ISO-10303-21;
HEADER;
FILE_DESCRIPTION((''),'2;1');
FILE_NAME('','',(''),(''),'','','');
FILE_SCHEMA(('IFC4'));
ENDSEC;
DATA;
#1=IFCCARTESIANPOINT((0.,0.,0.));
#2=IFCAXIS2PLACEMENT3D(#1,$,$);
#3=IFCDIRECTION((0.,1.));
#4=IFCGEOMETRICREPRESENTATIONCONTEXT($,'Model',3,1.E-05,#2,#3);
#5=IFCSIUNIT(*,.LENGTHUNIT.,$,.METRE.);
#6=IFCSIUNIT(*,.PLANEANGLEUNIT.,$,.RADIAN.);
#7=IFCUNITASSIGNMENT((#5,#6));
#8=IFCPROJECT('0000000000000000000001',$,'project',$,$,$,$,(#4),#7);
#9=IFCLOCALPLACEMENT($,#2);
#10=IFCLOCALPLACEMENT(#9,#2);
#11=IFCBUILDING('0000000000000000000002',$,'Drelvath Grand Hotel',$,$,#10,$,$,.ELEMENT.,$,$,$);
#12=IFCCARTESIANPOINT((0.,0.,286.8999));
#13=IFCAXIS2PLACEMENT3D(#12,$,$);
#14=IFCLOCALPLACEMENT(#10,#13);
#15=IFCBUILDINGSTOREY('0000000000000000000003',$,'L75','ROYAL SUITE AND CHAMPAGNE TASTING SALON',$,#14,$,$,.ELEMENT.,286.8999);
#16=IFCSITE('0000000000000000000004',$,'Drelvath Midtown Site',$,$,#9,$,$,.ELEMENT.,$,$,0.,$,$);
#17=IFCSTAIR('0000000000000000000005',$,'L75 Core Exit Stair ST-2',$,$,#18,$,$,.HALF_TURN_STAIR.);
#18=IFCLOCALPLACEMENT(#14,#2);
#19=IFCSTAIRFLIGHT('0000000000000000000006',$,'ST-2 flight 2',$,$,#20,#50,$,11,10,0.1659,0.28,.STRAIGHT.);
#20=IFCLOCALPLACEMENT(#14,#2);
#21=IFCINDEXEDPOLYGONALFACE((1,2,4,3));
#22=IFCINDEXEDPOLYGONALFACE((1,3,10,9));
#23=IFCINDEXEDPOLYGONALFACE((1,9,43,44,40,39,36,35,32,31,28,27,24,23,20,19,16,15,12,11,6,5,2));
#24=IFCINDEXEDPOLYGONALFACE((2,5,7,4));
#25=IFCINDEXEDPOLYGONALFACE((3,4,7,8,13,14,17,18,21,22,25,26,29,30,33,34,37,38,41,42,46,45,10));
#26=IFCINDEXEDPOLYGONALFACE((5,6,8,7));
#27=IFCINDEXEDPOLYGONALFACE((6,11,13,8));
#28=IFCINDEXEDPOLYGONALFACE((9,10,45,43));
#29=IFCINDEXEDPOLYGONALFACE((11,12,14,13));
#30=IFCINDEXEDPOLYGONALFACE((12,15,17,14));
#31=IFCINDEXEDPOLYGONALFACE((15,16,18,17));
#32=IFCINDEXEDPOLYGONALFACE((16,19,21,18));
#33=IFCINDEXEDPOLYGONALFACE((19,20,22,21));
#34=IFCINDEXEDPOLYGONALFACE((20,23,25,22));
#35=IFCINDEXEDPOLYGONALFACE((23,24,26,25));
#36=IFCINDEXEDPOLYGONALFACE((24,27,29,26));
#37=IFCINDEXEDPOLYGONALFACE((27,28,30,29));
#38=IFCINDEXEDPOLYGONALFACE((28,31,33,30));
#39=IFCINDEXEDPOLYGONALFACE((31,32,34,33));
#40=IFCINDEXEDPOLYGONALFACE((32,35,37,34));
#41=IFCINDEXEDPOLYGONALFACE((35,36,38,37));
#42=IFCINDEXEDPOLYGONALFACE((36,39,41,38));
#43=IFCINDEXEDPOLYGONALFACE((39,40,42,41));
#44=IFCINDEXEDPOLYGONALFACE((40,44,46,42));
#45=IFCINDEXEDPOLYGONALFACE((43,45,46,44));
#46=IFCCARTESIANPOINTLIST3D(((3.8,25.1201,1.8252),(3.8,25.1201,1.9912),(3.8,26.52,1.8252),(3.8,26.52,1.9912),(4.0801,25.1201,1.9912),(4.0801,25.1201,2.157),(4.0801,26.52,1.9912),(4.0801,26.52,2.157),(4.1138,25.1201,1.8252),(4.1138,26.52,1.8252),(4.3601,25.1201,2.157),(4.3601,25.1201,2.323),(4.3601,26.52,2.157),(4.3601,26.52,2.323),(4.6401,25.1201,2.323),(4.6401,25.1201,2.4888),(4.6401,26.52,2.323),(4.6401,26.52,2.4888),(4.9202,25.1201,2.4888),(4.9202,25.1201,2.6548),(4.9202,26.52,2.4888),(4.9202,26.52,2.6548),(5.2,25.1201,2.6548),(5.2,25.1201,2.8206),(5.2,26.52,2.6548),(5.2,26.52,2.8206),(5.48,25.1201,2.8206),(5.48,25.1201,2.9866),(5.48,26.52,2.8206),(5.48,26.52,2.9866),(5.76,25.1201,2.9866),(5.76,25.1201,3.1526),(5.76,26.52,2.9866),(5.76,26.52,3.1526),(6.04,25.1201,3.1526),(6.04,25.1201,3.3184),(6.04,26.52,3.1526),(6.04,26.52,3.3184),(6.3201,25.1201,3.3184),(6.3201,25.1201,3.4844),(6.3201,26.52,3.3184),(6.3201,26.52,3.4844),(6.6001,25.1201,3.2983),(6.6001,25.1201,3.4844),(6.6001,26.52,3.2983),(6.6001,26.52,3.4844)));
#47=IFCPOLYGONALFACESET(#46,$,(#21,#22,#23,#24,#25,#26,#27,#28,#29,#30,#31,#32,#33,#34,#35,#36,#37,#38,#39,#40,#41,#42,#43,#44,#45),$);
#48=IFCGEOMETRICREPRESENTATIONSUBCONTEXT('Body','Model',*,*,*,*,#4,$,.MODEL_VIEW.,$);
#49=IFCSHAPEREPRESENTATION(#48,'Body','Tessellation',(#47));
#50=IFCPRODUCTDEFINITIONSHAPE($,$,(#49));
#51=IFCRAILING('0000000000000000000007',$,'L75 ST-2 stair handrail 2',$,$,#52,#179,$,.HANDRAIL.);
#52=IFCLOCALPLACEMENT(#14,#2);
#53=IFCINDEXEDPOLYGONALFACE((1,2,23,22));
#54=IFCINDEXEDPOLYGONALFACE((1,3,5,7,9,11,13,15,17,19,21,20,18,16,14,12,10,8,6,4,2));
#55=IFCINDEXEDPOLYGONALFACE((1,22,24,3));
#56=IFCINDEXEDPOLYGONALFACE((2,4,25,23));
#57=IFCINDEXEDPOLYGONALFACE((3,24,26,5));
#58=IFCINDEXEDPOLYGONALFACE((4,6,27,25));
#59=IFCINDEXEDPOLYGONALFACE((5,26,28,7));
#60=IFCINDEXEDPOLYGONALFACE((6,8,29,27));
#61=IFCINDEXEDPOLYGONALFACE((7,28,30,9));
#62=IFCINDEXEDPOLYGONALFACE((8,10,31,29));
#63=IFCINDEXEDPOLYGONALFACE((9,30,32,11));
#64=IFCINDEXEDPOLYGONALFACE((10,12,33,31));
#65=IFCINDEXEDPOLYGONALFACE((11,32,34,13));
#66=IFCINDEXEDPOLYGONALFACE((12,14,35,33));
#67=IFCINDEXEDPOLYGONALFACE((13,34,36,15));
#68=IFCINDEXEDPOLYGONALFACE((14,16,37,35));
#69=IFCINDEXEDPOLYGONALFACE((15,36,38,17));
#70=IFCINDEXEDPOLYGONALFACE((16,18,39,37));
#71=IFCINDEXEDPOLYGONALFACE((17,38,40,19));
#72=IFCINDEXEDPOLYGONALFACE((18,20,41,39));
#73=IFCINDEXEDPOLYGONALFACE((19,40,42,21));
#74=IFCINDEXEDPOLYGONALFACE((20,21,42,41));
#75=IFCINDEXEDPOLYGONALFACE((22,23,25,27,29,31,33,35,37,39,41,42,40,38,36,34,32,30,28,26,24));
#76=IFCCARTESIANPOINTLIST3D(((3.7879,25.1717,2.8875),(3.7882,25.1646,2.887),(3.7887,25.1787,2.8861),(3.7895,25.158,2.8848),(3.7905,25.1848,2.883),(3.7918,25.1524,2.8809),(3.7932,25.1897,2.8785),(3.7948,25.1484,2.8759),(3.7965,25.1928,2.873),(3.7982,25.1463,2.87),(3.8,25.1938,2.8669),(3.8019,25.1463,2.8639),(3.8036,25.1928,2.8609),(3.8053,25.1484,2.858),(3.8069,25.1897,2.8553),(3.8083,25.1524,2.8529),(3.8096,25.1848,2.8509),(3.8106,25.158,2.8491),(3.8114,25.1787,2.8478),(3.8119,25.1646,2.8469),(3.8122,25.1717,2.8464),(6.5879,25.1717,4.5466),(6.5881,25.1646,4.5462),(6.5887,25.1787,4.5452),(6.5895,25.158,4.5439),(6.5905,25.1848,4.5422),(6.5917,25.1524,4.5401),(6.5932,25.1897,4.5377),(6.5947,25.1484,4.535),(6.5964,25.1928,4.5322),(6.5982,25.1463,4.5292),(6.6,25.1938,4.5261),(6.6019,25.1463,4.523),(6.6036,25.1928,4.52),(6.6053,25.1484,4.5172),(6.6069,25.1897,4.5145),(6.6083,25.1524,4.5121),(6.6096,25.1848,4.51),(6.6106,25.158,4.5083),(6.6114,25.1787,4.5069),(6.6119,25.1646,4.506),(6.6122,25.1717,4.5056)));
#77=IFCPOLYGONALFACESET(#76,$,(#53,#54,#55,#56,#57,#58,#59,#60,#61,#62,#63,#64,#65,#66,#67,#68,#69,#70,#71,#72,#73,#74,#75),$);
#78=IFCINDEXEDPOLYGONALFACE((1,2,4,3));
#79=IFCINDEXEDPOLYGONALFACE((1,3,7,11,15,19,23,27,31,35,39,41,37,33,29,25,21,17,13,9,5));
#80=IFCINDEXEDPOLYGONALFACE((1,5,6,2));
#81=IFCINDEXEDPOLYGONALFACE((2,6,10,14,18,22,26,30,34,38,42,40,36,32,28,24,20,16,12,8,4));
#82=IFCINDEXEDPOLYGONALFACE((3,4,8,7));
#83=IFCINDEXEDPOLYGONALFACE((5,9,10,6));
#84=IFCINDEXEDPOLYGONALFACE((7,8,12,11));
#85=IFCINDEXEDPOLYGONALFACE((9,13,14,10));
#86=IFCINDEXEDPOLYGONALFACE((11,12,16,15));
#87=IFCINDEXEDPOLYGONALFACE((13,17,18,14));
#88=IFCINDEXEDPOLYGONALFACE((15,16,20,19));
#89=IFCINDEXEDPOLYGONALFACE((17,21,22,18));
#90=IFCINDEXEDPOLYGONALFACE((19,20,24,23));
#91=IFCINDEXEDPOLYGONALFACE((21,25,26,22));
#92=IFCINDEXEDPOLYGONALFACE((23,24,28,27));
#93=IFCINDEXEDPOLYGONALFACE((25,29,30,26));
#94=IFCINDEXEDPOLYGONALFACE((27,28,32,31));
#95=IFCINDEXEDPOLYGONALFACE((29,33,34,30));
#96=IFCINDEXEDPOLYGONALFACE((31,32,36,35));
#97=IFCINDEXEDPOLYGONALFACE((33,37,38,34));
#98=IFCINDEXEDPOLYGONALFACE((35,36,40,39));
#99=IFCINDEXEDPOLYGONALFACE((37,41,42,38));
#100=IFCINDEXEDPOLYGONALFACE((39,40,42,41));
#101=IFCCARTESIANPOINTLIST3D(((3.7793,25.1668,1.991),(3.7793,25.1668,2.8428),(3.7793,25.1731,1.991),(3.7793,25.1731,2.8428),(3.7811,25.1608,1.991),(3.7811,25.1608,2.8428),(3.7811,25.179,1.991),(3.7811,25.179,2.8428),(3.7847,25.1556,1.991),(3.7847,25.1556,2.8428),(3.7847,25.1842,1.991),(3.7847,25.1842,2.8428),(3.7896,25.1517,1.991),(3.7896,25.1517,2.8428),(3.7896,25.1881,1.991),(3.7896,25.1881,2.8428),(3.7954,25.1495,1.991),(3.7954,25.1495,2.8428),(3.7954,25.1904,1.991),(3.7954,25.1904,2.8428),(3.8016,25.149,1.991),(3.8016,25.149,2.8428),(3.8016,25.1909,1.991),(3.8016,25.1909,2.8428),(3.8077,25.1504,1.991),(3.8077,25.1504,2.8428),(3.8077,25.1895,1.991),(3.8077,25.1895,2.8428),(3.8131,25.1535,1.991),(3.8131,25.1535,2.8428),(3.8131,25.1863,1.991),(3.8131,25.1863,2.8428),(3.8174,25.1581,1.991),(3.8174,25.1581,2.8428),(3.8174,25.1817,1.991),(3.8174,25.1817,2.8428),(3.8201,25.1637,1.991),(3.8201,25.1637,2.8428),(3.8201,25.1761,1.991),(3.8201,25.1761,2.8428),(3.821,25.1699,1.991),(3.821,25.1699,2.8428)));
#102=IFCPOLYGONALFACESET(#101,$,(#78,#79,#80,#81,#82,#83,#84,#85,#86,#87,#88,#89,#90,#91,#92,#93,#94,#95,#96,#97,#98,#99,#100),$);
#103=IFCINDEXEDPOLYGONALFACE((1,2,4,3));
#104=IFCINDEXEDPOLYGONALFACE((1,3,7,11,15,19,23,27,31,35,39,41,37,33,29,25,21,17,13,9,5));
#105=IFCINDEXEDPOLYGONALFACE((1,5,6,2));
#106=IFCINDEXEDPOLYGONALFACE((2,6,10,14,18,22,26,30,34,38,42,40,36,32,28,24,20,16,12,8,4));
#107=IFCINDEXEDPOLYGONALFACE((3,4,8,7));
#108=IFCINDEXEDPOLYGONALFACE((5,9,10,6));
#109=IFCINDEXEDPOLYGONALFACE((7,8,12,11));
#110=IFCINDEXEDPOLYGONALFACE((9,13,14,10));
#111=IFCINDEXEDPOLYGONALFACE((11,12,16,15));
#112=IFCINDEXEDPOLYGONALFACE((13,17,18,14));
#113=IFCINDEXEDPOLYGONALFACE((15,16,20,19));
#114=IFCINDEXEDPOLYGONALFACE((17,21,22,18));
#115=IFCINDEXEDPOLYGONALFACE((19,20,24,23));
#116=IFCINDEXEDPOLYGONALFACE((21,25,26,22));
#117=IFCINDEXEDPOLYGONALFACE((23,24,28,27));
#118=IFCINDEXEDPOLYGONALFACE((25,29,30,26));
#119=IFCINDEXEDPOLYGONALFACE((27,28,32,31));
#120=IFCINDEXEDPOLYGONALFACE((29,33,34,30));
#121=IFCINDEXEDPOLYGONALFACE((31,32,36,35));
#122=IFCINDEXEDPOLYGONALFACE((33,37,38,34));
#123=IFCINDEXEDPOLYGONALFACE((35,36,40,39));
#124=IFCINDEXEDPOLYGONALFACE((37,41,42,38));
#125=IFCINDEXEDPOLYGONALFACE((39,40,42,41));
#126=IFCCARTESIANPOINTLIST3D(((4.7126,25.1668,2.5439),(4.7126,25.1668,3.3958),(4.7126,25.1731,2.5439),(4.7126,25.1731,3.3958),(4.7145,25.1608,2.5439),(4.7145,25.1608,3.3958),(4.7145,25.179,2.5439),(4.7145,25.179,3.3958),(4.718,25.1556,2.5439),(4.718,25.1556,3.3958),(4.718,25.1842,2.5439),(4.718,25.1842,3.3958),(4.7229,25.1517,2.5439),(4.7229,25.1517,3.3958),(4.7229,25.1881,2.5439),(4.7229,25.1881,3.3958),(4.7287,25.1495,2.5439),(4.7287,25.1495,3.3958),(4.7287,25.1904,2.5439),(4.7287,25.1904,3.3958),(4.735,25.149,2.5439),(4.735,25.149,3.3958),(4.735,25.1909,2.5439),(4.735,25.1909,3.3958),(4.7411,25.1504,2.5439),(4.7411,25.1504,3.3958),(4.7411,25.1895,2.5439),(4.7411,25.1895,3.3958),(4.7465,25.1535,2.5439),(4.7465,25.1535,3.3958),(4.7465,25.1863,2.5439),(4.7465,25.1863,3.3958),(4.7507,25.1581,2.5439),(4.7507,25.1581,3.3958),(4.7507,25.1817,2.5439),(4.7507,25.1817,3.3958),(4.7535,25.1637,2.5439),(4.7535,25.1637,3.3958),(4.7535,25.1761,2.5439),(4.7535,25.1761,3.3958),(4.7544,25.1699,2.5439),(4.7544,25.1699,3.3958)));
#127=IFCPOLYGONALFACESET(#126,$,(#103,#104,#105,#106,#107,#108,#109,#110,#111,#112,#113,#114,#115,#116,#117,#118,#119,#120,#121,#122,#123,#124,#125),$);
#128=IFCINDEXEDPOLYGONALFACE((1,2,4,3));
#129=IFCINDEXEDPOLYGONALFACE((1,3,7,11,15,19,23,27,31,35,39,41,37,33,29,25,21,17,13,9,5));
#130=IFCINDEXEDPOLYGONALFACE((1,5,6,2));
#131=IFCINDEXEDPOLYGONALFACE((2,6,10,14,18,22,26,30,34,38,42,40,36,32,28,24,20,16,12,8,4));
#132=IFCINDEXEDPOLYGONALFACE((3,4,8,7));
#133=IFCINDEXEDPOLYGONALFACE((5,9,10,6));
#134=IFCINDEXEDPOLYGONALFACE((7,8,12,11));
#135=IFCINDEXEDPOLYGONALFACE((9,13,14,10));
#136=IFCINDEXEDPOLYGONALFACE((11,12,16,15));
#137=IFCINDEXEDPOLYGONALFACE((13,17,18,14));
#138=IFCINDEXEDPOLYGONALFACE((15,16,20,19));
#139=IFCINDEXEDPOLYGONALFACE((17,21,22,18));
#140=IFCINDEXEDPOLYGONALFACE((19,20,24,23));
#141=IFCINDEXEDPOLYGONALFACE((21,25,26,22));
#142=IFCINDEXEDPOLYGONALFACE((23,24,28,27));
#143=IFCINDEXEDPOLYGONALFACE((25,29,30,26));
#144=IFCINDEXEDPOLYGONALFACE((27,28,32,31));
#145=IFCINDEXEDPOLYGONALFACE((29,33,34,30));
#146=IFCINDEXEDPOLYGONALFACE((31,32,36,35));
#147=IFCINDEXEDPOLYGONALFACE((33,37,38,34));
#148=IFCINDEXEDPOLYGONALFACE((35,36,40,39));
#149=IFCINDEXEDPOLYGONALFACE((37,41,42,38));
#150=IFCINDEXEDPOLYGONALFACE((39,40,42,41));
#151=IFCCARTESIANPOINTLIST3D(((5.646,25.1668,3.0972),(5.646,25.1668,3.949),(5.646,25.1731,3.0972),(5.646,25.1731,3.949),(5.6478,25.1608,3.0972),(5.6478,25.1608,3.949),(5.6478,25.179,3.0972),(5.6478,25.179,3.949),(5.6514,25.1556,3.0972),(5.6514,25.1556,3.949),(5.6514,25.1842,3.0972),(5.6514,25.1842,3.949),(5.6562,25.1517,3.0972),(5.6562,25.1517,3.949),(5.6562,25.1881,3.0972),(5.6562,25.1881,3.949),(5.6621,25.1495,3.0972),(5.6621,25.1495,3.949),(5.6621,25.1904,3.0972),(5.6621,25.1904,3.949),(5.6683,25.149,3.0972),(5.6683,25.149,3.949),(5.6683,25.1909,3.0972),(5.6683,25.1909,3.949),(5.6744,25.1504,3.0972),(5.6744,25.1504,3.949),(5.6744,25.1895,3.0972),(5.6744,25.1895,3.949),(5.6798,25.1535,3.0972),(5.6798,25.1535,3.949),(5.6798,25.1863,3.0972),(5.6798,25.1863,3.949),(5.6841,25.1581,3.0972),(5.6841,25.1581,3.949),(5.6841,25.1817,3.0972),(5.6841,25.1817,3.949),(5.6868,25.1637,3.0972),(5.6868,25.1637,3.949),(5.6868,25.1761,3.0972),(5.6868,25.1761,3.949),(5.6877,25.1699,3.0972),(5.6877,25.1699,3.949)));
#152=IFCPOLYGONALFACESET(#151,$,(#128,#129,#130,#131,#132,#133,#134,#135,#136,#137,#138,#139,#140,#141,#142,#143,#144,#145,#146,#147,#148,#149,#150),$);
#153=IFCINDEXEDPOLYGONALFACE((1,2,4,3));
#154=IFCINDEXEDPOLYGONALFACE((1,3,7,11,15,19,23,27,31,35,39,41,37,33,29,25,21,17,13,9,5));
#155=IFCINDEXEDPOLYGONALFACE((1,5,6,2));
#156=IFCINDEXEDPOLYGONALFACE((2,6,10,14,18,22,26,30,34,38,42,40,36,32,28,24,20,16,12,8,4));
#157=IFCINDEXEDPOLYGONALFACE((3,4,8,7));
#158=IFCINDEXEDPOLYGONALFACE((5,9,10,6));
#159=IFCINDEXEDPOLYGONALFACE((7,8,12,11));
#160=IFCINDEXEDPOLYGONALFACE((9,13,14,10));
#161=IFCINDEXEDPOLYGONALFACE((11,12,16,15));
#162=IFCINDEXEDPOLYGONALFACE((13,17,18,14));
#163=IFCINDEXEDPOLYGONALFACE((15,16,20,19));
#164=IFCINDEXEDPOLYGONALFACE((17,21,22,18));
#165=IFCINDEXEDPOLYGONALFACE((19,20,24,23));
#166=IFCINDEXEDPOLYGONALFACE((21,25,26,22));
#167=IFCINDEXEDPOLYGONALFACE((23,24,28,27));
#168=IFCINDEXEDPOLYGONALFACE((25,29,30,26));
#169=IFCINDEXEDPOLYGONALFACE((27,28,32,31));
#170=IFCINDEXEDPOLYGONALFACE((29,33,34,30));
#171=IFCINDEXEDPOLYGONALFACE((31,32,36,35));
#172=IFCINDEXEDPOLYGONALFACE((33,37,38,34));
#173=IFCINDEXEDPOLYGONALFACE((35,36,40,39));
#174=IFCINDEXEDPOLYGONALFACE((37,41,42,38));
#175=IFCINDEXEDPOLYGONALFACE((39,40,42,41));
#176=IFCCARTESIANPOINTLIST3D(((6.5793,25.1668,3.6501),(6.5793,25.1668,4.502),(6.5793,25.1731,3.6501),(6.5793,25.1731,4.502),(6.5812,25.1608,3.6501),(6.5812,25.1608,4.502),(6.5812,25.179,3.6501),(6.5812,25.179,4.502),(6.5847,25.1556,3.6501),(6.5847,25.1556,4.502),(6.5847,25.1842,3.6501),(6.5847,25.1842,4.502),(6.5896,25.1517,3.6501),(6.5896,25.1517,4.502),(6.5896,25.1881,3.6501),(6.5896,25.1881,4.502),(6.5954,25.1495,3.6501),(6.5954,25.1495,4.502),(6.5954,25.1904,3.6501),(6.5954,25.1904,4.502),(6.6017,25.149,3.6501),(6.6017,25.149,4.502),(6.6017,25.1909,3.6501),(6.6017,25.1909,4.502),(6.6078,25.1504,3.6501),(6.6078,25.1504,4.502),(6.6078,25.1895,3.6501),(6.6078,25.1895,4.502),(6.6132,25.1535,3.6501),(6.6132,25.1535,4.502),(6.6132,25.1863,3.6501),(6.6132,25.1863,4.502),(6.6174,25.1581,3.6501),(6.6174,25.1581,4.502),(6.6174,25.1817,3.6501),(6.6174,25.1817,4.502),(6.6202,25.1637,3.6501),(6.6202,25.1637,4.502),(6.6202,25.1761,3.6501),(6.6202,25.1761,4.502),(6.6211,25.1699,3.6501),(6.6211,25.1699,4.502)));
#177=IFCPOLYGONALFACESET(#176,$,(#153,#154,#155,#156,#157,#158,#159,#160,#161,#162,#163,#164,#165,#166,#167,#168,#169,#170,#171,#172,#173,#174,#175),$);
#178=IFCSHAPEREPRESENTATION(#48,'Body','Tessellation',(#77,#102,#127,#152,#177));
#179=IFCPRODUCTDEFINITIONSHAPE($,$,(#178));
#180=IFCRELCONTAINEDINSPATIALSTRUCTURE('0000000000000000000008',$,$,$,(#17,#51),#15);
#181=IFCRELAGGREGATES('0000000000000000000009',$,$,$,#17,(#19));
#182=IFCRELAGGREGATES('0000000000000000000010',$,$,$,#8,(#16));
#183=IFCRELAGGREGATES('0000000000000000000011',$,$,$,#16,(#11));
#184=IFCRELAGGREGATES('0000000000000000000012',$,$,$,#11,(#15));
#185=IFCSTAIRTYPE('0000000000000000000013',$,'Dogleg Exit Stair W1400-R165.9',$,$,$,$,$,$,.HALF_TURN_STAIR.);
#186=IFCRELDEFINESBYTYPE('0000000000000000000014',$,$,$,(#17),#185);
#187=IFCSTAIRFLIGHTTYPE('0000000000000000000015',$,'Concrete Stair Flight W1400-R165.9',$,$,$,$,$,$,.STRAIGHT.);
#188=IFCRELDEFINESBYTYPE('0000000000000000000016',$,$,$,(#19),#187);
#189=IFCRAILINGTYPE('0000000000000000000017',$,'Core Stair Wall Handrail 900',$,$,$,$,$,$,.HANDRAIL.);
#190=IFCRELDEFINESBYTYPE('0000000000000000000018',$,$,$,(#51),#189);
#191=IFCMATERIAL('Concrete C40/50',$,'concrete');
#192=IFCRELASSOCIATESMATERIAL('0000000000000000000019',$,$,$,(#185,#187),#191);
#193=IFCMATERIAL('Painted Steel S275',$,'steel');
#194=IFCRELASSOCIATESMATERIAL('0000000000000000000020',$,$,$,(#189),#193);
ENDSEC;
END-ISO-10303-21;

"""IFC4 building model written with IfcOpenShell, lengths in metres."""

from ifc_helpers import new_model, si_unit, direction, frame, origin, origin_2d, place, context, subcontext, project, spatial, polyline, circle, outline, extrude, material, type_object, element, aggregate, save


model = new_model("IFC4")

# Units and contexts
model_context = context("Model", 3, precision=1e-05, world=origin(), true_north=direction((0.0, 1.0)))
body_context = subcontext(model_context, "Body", "Model", "MODEL_VIEW")
ifc_project = project(units=[si_unit("LENGTHUNIT", "METRE"), si_unit("PLANEANGLEUNIT", "RADIAN")], contexts=[model_context])

# Site, building, storey
site_placement = place(None, origin())
site = spatial("IfcSite", under=ifc_project, at=site_placement, Name="Drelvath Midtown Site", CompositionType="ELEMENT", RefElevation=0.0)
building_placement = place(site_placement, origin())
building = spatial("IfcBuilding", under=site, at=building_placement, Name="Drelvath Grand Hotel", CompositionType="ELEMENT")
storey_placement = place(building_placement, frame((0.0, 0.0, 286.8999)))
storey = spatial("IfcBuildingStorey", under=building, at=storey_placement, Name="L75", Description="ROYAL SUITE AND CHAMPAGNE TASTING SALON", CompositionType="ELEMENT", Elevation=286.8999)

# Shared definitions
ifc_material_1 = material(Name="Concrete C40/50", Category="concrete")

# Stair, stair flight
stair_type = type_object("IfcStairType", Name="Dogleg Exit Stair W1400-R165.9", PredefinedType="HALF_TURN_STAIR", material=ifc_material_1)
stair_placement = place(storey_placement, origin())
stair = element("IfcStair", 1, at=stair_placement, inside=storey, type_object=stair_type, Name="L75 Core Exit Stair ST-2", PredefinedType="HALF_TURN_STAIR")
stair_flight_type = type_object("IfcStairFlightType", Name="Concrete Stair Flight W1400-R165.9", PredefinedType="STRAIGHT", material=ifc_material_1)
stair_flight_placement = place(storey_placement, frame((3.8, 25.8201, 1.8252), z_axis=(0.0, 0.0, 1.0), x_axis=(1.0, 0.0, 0.0)))
stair_flight = element("IfcStairFlight", 2, at=stair_flight_placement, type_object=stair_flight_type, Name="ST-2 flight 2", NumberOfRisers=11, NumberOfTreads=10, PredefinedType="STRAIGHT", RiserHeight=0.1659, TreadLength=0.28, context=body_context, shape_type="SweptSolid", body=[
    extrude(outline(polyline([(0.0, 0.0), (0.0, 0.166), (0.28, 0.166), (0.28, 0.3318), (0.5601, 0.3318), (0.5601, 0.4978), (0.8401, 0.4978), (0.8401, 0.6636), (1.1201, 0.6636), (1.1201, 0.8296), (1.3999, 0.8296), (1.3999, 0.9954), (1.6799, 0.9954), (1.6799, 1.1614), (1.96, 1.1614), (1.96, 1.3274), (2.24, 1.3274), (2.24, 1.4932), (2.52, 1.4932), (2.52, 1.6592), (2.8, 1.6592), (2.8, 1.825), (2.8, 1.4731), (0.3137, 0.0), (0.0, 0.0)])), frame((0.0, 0.7, 0.0), z_axis=(0.0, -1.0, 0.0), x_axis=(1.0, 0.0, 0.0)), (0.0, 0.0, 1.0), 1.3999),
])
aggregate(stair, [stair_flight])

# Railing
ifc_material_2 = material(Name="Painted Steel S275", Category="steel")
railing_type_1 = type_object("IfcRailingType", Name="Core Stair Wall Handrail 900", PredefinedType="HANDRAIL", material=ifc_material_2)
railing_1_placement = place(storey_placement, frame((3.8, 25.1699, 1.991)))
element("IfcRailing", 3, at=railing_1_placement, inside=storey, type_object=railing_type_1, Name="L75 ST-2 stair handrail 2", PredefinedType="HANDRAIL", context=body_context, shape_type="SweptSolid", body=[
    extrude(circle(Radius=0.0239, at=origin_2d()), frame((0.0, 0.0, 0.876), z_axis=(0.860306, 0.0, 0.509778), x_axis=(0.0, 1.0, 0.0)), (0.0, 0.0, 1.0), 3.2546),
    extrude(circle(Radius=0.021, at=origin_2d()), origin(), (0.0, 0.0, 1.0), 0.8518),
    extrude(circle(Radius=0.021, at=origin_2d()), frame((0.9333, 0.0, 0.553)), (0.0, 0.0, 1.0), 0.8518),
    extrude(circle(Radius=0.021, at=origin_2d()), frame((1.8667, 0.0, 1.1062)), (0.0, 0.0, 1.0), 0.8518),
    extrude(circle(Radius=0.021, at=origin_2d()), frame((2.8, 0.0, 1.6592)), (0.0, 0.0, 1.0), 0.8518),
])

save(model, "model.ifc")
